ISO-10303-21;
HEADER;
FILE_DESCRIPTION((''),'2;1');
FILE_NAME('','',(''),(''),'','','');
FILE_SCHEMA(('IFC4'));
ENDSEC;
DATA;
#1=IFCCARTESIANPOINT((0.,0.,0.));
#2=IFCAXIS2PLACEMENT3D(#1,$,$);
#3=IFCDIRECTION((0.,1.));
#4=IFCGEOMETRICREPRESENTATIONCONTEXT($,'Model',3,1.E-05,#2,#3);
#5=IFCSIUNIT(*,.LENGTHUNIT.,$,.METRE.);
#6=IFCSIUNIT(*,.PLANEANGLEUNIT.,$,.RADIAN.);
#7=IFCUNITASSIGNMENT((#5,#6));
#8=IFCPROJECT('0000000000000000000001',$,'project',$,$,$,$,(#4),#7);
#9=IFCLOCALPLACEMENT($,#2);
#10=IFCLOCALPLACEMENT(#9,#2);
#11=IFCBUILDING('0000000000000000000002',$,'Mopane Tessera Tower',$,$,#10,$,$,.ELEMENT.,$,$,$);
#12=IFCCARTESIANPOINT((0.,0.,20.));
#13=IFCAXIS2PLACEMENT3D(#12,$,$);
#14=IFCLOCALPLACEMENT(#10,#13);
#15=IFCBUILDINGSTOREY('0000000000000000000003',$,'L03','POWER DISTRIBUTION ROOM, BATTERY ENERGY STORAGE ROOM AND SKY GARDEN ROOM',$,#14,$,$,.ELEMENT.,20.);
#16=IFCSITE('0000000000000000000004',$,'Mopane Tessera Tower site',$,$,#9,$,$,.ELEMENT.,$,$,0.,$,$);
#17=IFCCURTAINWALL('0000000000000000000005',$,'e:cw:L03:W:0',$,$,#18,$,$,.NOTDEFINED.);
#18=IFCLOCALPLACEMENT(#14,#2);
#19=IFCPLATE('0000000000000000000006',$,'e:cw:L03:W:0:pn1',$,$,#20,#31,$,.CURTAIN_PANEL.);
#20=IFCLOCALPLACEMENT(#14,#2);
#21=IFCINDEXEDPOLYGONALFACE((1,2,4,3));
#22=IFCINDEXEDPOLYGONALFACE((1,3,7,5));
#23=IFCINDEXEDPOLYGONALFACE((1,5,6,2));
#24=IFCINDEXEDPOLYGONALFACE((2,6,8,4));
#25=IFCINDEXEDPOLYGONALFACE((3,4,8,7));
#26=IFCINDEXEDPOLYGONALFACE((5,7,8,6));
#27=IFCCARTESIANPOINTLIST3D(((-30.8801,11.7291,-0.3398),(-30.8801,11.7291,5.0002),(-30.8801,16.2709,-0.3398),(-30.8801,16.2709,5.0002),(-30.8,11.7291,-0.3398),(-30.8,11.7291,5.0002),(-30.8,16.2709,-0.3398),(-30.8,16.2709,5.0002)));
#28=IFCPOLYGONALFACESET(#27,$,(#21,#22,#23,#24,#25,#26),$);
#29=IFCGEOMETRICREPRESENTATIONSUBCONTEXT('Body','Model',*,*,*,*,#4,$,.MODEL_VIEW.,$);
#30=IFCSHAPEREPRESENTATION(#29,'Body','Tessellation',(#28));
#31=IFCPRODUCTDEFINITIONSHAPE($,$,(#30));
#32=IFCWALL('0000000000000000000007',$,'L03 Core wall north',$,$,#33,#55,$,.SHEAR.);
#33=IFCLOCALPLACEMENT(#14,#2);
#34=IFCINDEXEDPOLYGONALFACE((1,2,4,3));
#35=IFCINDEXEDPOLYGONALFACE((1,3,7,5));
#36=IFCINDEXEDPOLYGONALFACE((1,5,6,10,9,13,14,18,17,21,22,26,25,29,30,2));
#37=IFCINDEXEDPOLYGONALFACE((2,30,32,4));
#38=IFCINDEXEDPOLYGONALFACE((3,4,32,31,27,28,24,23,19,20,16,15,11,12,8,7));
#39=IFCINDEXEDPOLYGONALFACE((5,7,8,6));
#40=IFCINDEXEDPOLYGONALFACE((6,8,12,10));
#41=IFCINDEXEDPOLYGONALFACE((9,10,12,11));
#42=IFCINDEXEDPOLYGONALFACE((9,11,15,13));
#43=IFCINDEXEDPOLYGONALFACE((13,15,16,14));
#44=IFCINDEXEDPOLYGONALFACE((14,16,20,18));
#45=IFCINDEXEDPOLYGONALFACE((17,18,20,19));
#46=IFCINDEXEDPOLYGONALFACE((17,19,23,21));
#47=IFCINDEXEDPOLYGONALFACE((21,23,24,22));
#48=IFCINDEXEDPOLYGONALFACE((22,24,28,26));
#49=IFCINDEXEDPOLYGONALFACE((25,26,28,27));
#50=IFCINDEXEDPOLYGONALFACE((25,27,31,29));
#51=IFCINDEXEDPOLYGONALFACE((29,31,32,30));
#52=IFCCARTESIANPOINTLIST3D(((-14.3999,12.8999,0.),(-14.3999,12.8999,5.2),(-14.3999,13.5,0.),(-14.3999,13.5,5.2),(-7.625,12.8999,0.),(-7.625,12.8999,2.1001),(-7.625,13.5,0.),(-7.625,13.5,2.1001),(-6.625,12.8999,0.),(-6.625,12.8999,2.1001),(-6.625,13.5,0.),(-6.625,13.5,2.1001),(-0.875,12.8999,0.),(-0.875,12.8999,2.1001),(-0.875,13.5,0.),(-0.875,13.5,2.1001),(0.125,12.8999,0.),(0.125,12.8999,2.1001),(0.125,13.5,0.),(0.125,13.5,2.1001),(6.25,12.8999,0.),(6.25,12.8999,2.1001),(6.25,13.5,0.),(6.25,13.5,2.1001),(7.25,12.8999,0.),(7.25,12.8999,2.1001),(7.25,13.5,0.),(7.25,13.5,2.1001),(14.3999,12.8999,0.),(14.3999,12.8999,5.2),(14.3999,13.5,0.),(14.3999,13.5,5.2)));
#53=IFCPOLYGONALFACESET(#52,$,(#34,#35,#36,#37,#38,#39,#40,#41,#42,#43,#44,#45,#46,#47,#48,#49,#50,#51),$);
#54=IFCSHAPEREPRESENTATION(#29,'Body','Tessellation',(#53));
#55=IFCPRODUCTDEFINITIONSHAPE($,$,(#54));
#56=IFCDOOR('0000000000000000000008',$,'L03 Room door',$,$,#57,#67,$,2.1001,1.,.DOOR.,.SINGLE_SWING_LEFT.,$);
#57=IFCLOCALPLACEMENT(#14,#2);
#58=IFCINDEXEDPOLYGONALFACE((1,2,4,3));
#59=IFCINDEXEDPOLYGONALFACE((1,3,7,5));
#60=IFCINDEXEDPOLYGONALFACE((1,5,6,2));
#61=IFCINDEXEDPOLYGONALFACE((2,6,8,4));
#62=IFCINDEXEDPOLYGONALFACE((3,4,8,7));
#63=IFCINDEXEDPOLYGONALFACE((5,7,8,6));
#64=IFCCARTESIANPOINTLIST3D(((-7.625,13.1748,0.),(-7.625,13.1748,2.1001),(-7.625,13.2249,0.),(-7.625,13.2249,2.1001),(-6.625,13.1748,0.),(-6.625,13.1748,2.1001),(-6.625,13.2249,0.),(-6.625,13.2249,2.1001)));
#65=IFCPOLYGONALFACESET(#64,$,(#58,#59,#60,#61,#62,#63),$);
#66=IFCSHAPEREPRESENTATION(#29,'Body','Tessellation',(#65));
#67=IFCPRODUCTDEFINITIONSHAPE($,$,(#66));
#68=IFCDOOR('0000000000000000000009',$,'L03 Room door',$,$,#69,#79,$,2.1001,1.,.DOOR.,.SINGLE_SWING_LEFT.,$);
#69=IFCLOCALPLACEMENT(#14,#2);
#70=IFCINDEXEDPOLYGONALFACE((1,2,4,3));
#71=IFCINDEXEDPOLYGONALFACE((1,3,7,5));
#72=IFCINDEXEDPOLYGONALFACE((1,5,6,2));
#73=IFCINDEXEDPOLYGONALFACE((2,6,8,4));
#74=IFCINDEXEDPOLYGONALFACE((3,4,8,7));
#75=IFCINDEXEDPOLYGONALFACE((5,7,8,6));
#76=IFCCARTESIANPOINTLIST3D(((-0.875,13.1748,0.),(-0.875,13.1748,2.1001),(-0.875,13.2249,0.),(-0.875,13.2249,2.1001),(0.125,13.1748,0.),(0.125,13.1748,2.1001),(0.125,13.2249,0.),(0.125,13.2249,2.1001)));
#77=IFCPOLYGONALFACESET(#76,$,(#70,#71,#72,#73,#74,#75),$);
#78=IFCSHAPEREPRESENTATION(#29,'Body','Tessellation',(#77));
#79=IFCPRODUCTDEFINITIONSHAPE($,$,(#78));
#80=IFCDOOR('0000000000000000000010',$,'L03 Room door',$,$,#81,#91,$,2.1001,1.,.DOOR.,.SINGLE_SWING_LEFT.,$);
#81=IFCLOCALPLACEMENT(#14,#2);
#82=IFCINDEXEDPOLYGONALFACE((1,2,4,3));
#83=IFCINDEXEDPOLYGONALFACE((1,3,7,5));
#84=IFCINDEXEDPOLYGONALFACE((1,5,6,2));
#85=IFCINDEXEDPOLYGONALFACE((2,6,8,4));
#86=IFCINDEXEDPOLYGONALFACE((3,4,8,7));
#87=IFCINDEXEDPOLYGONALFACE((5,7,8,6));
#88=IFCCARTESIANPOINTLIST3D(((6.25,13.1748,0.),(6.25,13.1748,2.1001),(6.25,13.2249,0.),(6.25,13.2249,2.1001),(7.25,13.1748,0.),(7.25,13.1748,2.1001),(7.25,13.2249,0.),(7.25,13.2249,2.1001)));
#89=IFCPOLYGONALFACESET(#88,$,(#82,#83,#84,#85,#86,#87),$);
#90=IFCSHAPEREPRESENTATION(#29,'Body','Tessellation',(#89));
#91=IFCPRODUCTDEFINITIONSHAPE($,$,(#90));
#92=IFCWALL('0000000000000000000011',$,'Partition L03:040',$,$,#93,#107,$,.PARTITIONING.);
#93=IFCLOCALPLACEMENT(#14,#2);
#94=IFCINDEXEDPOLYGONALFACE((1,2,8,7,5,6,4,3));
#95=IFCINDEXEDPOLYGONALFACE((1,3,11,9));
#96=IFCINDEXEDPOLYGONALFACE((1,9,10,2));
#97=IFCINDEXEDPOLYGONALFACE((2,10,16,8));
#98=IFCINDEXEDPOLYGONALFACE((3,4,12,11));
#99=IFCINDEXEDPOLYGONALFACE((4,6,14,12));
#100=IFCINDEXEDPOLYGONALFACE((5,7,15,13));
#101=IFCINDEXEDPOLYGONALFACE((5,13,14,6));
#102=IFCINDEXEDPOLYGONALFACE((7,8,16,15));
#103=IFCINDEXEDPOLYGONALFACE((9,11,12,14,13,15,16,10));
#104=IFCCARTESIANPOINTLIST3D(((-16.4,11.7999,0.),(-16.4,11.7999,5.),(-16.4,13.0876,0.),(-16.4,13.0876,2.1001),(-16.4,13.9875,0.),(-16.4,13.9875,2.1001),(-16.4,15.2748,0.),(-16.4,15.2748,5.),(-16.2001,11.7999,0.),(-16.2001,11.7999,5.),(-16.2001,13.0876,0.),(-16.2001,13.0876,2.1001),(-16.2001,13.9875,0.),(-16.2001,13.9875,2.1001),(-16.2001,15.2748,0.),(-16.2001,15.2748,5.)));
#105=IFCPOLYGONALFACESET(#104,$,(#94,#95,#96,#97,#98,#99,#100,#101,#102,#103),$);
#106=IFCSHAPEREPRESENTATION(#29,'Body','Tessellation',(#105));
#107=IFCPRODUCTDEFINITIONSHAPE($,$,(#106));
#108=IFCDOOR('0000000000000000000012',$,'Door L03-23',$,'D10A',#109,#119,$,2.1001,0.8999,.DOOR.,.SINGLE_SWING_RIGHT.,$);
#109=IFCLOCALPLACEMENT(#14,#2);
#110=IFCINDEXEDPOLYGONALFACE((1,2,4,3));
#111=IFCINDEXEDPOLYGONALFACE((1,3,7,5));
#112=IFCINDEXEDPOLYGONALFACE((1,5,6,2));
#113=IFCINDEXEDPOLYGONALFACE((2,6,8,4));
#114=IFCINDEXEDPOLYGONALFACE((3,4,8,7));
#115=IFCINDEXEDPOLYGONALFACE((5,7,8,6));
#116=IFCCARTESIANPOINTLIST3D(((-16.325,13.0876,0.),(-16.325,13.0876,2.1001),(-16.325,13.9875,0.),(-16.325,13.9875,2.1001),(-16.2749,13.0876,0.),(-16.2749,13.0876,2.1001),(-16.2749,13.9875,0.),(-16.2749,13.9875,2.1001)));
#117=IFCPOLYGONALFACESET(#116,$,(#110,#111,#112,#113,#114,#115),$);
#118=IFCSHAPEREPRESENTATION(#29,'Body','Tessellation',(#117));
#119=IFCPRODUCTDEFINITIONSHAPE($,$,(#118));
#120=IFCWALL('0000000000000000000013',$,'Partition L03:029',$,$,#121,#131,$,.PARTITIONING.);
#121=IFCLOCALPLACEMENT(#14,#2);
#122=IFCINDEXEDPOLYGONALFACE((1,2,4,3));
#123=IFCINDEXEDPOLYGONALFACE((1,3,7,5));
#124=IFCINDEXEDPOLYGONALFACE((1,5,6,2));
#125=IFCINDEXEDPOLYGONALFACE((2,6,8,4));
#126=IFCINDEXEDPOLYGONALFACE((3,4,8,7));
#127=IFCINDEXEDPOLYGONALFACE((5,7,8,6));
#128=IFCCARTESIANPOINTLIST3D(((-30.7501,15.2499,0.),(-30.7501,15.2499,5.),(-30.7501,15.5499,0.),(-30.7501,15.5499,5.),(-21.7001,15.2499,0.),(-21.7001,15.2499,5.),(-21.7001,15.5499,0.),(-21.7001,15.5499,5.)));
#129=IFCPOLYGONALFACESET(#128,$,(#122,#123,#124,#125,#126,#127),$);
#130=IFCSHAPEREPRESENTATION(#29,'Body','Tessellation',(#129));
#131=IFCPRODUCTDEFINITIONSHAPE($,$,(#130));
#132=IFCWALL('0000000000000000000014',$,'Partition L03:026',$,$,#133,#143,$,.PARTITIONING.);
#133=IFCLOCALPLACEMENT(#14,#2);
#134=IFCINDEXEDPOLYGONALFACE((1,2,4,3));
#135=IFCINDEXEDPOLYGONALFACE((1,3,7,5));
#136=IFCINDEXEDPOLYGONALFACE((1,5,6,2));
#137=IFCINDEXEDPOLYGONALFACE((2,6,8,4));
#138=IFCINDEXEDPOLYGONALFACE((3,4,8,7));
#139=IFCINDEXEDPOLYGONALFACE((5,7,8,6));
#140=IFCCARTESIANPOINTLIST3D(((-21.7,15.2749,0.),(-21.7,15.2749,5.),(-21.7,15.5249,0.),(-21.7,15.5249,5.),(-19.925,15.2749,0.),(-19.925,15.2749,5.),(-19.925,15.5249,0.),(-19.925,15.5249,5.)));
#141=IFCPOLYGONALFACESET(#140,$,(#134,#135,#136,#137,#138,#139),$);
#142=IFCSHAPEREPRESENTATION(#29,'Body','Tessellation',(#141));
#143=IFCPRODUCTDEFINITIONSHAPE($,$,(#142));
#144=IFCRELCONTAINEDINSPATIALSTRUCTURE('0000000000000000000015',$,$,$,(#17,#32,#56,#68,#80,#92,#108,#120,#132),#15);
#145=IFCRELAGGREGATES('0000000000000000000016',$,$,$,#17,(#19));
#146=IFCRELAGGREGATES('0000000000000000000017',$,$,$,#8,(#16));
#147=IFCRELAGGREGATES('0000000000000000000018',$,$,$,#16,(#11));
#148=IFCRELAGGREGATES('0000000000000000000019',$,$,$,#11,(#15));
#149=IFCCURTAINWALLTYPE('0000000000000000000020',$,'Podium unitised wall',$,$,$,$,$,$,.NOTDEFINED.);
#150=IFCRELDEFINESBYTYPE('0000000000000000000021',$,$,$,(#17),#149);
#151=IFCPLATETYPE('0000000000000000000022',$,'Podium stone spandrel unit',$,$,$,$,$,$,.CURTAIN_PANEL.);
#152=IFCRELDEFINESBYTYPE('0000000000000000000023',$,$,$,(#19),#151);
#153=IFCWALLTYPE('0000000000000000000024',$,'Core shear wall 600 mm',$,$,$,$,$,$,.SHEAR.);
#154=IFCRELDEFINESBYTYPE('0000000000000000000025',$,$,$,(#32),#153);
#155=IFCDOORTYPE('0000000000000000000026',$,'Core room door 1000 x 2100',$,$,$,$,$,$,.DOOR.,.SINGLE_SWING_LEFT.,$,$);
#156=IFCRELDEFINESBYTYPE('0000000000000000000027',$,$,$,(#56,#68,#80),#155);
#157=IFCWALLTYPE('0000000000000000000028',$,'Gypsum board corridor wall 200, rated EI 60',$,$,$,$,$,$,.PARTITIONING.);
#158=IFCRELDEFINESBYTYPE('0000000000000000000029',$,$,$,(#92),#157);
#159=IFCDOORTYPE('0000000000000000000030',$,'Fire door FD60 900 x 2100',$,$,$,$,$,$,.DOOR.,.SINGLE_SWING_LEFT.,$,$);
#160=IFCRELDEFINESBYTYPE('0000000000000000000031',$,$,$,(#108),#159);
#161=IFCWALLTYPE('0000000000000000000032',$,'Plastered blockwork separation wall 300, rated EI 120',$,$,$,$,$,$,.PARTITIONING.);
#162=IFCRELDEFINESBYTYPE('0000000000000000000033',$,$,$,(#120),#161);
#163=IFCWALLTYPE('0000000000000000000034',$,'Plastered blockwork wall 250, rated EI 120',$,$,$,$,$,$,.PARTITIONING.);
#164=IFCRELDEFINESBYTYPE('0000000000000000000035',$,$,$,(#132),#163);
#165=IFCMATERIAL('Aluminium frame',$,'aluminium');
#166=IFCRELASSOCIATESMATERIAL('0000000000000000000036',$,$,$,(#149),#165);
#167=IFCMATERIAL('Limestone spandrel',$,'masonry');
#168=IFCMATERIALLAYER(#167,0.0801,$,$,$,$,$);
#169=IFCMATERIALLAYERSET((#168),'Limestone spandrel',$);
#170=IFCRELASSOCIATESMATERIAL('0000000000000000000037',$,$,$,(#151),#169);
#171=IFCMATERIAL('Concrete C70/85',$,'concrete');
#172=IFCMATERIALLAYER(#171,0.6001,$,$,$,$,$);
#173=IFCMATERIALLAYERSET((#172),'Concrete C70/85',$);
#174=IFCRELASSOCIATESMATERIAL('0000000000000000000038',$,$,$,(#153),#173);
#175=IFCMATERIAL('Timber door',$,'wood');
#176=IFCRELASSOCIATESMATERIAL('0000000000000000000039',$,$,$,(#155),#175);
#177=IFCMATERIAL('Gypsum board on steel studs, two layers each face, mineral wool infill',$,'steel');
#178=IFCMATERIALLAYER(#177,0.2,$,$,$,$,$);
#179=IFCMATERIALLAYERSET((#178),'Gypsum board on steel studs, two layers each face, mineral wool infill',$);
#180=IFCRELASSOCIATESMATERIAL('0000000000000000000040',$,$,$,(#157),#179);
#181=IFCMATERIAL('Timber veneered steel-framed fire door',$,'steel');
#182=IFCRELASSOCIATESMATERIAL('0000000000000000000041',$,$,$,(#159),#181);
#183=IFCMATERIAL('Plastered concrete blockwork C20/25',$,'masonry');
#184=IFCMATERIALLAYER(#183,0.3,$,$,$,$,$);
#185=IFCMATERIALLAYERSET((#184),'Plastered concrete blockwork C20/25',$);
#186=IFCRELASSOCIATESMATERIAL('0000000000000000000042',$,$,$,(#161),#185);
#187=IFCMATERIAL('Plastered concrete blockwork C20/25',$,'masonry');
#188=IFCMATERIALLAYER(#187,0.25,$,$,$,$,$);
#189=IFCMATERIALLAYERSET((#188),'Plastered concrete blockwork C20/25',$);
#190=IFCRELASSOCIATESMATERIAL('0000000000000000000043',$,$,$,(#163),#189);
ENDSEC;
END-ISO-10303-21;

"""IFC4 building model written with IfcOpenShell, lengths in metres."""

from ifc_helpers import new_model, si_unit, direction, frame, frame_2d, origin, origin_2d, place, context, subcontext, project, spatial, rectangle, extrude, material, layer, layer_set, type_object, element, fill, aggregate, save


model = new_model("IFC4")

# Units and contexts
model_context = context("Model", 3, precision=1e-05, world=origin(), true_north=direction((0.0, 1.0)))
body_context = subcontext(model_context, "Body", "Model", "MODEL_VIEW")
ifc_project = project(units=[si_unit("LENGTHUNIT", "METRE"), si_unit("PLANEANGLEUNIT", "RADIAN")], contexts=[model_context])

# Site, building, storey
site_placement = place(None, origin())
site = spatial("IfcSite", under=ifc_project, at=site_placement, Name="Mopane Tessera Tower site", CompositionType="ELEMENT", RefElevation=0.0)
building_placement = place(site_placement, origin())
building = spatial("IfcBuilding", under=site, at=building_placement, Name="Mopane Tessera Tower", CompositionType="ELEMENT")
storey_placement = place(building_placement, frame((0.0, 0.0, 20.0)))
storey = spatial("IfcBuildingStorey", under=building, at=storey_placement, Name="L03", Description="POWER DISTRIBUTION ROOM, BATTERY ENERGY STORAGE ROOM AND SKY GARDEN ROOM", CompositionType="ELEMENT", Elevation=20.0)

# Curtain wall
ifc_material_1 = material(Name="Aluminium frame", Category="aluminium")
curtain_wall_type = type_object("IfcCurtainWallType", Name="Podium unitised wall", PredefinedType="NOTDEFINED", material=ifc_material_1)
curtain_wall_1_placement = place(storey_placement, origin())
curtain_wall_1 = element("IfcCurtainWall", 1, at=curtain_wall_1_placement, inside=storey, type_object=curtain_wall_type, Name="e:cw:L03:W:0", PredefinedType="NOTDEFINED")

# Plate
ifc_material_2 = material(Name="Limestone spandrel", Category="masonry")
ifc_layer_1 = layer(ifc_material_2, 0.0801)
ifc_layer_set_1 = layer_set([ifc_layer_1], Name="Limestone spandrel")
plate_type = type_object("IfcPlateType", Name="Podium stone spandrel unit", PredefinedType="CURTAIN_PANEL", material=ifc_layer_set_1)
plate_1_placement = place(storey_placement, frame((-30.8401, 14.0, -0.3398), z_axis=(0.0, 0.0, 1.0), x_axis=(0.0, -1.0, 0.0)))
plate_1 = element("IfcPlate", 2, at=plate_1_placement, type_object=plate_type, Name="e:cw:L03:W:0:pn1", PredefinedType="CURTAIN_PANEL", context=body_context, shape_type="SweptSolid", body=[
    extrude(rectangle(XDim=4.5417, YDim=0.0801, at=origin_2d()), origin(), (0.0, 0.0, 1.0), 5.3401),
])
aggregate(curtain_wall_1, [plate_1])

# Wall, openings, doors
ifc_material_3 = material(Name="Concrete C70/85", Category="concrete")
ifc_layer_2 = layer(ifc_material_3, 0.6001)
ifc_layer_set_2 = layer_set([ifc_layer_2], Name="Concrete C70/85")
wall_type_1 = type_object("IfcWallType", Name="Core shear wall 600 mm", PredefinedType="SHEAR", material=ifc_layer_set_2)
wall_1_placement = place(storey_placement, frame((-14.3999, 13.2, 0.0), z_axis=(0.0, 0.0, 1.0), x_axis=(1.0, 0.0, 0.0)))
wall_1 = element("IfcWall", 3, at=wall_1_placement, inside=storey, type_object=wall_type_1, Name="L03 Core wall north", PredefinedType="SHEAR", context=body_context, shape_type="SweptSolid", body=[
    extrude(rectangle(XDim=28.7998, YDim=0.6001, at=frame_2d((14.3999, 0.0))), origin(), (0.0, 0.0, 1.0), 5.2),
])
opening_1_placement = place(wall_1_placement, frame((6.7749, 0.0, 0.0)))
opening_1 = element("IfcOpeningElement", 4, at=opening_1_placement, cuts=wall_1, PredefinedType="OPENING", context=body_context, shape_type="SweptSolid", body=[
    extrude(rectangle(XDim=1.0, YDim=2.1001, at=frame_2d((0.5, 1.05))), frame((0.0, 0.312, 0.0), z_axis=(0.0, -1.0, 0.0), x_axis=(1.0, 0.0, 0.0)), (0.0, 0.0, 1.0), 0.624),
])
opening_2_placement = place(wall_1_placement, frame((13.5249, 0.0, 0.0)))
opening_2 = element("IfcOpeningElement", 5, at=opening_2_placement, cuts=wall_1, PredefinedType="OPENING", context=body_context, shape_type="SweptSolid", body=[
    extrude(rectangle(XDim=1.0, YDim=2.1001, at=frame_2d((0.5, 1.05))), frame((0.0, 0.312, 0.0), z_axis=(0.0, -1.0, 0.0), x_axis=(1.0, 0.0, 0.0)), (0.0, 0.0, 1.0), 0.624),
])
opening_3_placement = place(wall_1_placement, frame((20.6499, 0.0, 0.0)))
opening_3 = element("IfcOpeningElement", 6, at=opening_3_placement, cuts=wall_1, PredefinedType="OPENING", context=body_context, shape_type="SweptSolid", body=[
    extrude(rectangle(XDim=1.0, YDim=2.1001, at=frame_2d((0.5, 1.05))), frame((0.0, 0.312, 0.0), z_axis=(0.0, -1.0, 0.0), x_axis=(1.0, 0.0, 0.0)), (0.0, 0.0, 1.0), 0.624),
])
ifc_material_4 = material(Name="Timber door", Category="wood")
door_type_1 = type_object("IfcDoorType", Name="Core room door 1000 x 2100", OperationType="SINGLE_SWING_LEFT", PredefinedType="DOOR", material=ifc_material_4)
door_1_placement = place(opening_1_placement, origin())
door_1 = element("IfcDoor", 7, at=door_1_placement, inside=storey, type_object=door_type_1, Name="L03 Room door", OperationType="SINGLE_SWING_LEFT", OverallHeight=2.1001, OverallWidth=1.0, PredefinedType="DOOR", context=body_context, shape_type="SweptSolid", body=[
    extrude(rectangle(XDim=1.0, YDim=2.1001, at=frame_2d((0.5, 1.05))), frame((0.0, 0.0249, 0.0), z_axis=(0.0, -1.0, 0.0), x_axis=(1.0, 0.0, 0.0)), (0.0, 0.0, 1.0), 0.05),
])
fill(opening_1, door_1)
door_2_placement = place(opening_2_placement, origin())
door_2 = element("IfcDoor", 8, at=door_2_placement, inside=storey, type_object=door_type_1, Name="L03 Room door", OperationType="SINGLE_SWING_LEFT", OverallHeight=2.1001, OverallWidth=1.0, PredefinedType="DOOR", context=body_context, shape_type="SweptSolid", body=[
    extrude(rectangle(XDim=1.0, YDim=2.1001, at=frame_2d((0.5, 1.05))), frame((0.0, 0.0249, 0.0), z_axis=(0.0, -1.0, 0.0), x_axis=(1.0, 0.0, 0.0)), (0.0, 0.0, 1.0), 0.05),
])
fill(opening_2, door_2)
door_3_placement = place(opening_3_placement, origin())
door_3 = element("IfcDoor", 9, at=door_3_placement, inside=storey, type_object=door_type_1, Name="L03 Room door", OperationType="SINGLE_SWING_LEFT", OverallHeight=2.1001, OverallWidth=1.0, PredefinedType="DOOR", context=body_context, shape_type="SweptSolid", body=[
    extrude(rectangle(XDim=1.0, YDim=2.1001, at=frame_2d((0.5, 1.05))), frame((0.0, 0.0249, 0.0), z_axis=(0.0, -1.0, 0.0), x_axis=(1.0, 0.0, 0.0)), (0.0, 0.0, 1.0), 0.05),
])
fill(opening_3, door_3)

# Wall, opening, door
ifc_material_5 = material(Name="Gypsum board on steel studs, two layers each face, mineral wool infill", Category="steel")
ifc_layer_3 = layer(ifc_material_5, 0.2)
ifc_layer_set_3 = layer_set([ifc_layer_3], Name="Gypsum board on steel studs, two layers each face, mineral wool infill")
wall_type_2 = type_object("IfcWallType", Name="Gypsum board corridor wall 200, rated EI 60", PredefinedType="PARTITIONING", material=ifc_layer_set_3)
wall_2_placement = place(storey_placement, frame((-16.3, 11.8, 0.0), z_axis=(0.0, 0.0, 1.0), x_axis=(0.0, 1.0, 0.0)))
wall_2 = element("IfcWall", 10, at=wall_2_placement, inside=storey, type_object=wall_type_2, Name="Partition L03:040", PredefinedType="PARTITIONING", context=body_context, shape_type="SweptSolid", body=[
    extrude(rectangle(XDim=3.4749, YDim=0.2, at=frame_2d((1.7373, 0.0))), origin(), (0.0, 0.0, 1.0), 5.0),
])
opening_4_placement = place(wall_2_placement, frame((1.2876, 0.0, 0.0)))
opening_4 = element("IfcOpeningElement", 11, at=opening_4_placement, cuts=wall_2, PredefinedType="OPENING", context=body_context, shape_type="SweptSolid", body=[
    extrude(rectangle(XDim=0.8999, YDim=2.1001, at=frame_2d((0.45, 1.05))), frame((0.0, 0.1121, 0.0), z_axis=(0.0, -1.0, 0.0), x_axis=(1.0, 0.0, 0.0)), (0.0, 0.0, 1.0), 0.2239),
])
ifc_material_6 = material(Name="Timber veneered steel-framed fire door", Category="steel")
door_type_2 = type_object("IfcDoorType", Name="Fire door FD60 900 x 2100", OperationType="SINGLE_SWING_LEFT", PredefinedType="DOOR", material=ifc_material_6)
door_4_placement = place(opening_4_placement, origin())
door_4 = element("IfcDoor", 12, at=door_4_placement, inside=storey, type_object=door_type_2, Name="Door L03-23", ObjectType="D10A", OperationType="SINGLE_SWING_RIGHT", OverallHeight=2.1001, OverallWidth=0.8999, PredefinedType="DOOR", context=body_context, shape_type="SweptSolid", body=[
    extrude(rectangle(XDim=0.8999, YDim=2.1001, at=frame_2d((0.45, 1.05))), frame((0.0, 0.0249, 0.0), z_axis=(0.0, -1.0, 0.0), x_axis=(1.0, 0.0, 0.0)), (0.0, 0.0, 1.0), 0.05),
])
fill(opening_4, door_4)

# Walls
ifc_material_7 = material(Name="Plastered concrete blockwork C20/25", Category="masonry")
ifc_layer_4 = layer(ifc_material_7, 0.3)
ifc_layer_set_4 = layer_set([ifc_layer_4], Name="Plastered concrete blockwork C20/25")
wall_type_3 = type_object("IfcWallType", Name="Plastered blockwork separation wall 300, rated EI 120", PredefinedType="PARTITIONING", material=ifc_layer_set_4)
wall_3_placement = place(storey_placement, frame((-30.75, 15.3999, 0.0), z_axis=(0.0, 0.0, 1.0), x_axis=(1.0, 0.0, 0.0)))
element("IfcWall", 13, at=wall_3_placement, inside=storey, type_object=wall_type_3, Name="Partition L03:029", PredefinedType="PARTITIONING", context=body_context, shape_type="SweptSolid", body=[
    extrude(rectangle(XDim=9.05, YDim=0.3, at=frame_2d((4.5249, 0.0))), origin(), (0.0, 0.0, 1.0), 5.0),
])
ifc_material_8 = material(Name="Plastered concrete blockwork C20/25", Category="masonry")
ifc_layer_5 = layer(ifc_material_8, 0.25)
ifc_layer_set_5 = layer_set([ifc_layer_5], Name="Plastered concrete blockwork C20/25")
wall_type_4 = type_object("IfcWallType", Name="Plastered blockwork wall 250, rated EI 120", PredefinedType="PARTITIONING", material=ifc_layer_set_5)
wall_4_placement = place(storey_placement, frame((-21.7, 15.3999, 0.0), z_axis=(0.0, 0.0, 1.0), x_axis=(1.0, 0.0, 0.0)))
element("IfcWall", 14, at=wall_4_placement, inside=storey, type_object=wall_type_4, Name="Partition L03:026", PredefinedType="PARTITIONING", context=body_context, shape_type="SweptSolid", body=[
    extrude(rectangle(XDim=1.7749, YDim=0.25, at=frame_2d((0.8875, 0.0))), origin(), (0.0, 0.0, 1.0), 5.0),
])

save(model, "model.ifc")
